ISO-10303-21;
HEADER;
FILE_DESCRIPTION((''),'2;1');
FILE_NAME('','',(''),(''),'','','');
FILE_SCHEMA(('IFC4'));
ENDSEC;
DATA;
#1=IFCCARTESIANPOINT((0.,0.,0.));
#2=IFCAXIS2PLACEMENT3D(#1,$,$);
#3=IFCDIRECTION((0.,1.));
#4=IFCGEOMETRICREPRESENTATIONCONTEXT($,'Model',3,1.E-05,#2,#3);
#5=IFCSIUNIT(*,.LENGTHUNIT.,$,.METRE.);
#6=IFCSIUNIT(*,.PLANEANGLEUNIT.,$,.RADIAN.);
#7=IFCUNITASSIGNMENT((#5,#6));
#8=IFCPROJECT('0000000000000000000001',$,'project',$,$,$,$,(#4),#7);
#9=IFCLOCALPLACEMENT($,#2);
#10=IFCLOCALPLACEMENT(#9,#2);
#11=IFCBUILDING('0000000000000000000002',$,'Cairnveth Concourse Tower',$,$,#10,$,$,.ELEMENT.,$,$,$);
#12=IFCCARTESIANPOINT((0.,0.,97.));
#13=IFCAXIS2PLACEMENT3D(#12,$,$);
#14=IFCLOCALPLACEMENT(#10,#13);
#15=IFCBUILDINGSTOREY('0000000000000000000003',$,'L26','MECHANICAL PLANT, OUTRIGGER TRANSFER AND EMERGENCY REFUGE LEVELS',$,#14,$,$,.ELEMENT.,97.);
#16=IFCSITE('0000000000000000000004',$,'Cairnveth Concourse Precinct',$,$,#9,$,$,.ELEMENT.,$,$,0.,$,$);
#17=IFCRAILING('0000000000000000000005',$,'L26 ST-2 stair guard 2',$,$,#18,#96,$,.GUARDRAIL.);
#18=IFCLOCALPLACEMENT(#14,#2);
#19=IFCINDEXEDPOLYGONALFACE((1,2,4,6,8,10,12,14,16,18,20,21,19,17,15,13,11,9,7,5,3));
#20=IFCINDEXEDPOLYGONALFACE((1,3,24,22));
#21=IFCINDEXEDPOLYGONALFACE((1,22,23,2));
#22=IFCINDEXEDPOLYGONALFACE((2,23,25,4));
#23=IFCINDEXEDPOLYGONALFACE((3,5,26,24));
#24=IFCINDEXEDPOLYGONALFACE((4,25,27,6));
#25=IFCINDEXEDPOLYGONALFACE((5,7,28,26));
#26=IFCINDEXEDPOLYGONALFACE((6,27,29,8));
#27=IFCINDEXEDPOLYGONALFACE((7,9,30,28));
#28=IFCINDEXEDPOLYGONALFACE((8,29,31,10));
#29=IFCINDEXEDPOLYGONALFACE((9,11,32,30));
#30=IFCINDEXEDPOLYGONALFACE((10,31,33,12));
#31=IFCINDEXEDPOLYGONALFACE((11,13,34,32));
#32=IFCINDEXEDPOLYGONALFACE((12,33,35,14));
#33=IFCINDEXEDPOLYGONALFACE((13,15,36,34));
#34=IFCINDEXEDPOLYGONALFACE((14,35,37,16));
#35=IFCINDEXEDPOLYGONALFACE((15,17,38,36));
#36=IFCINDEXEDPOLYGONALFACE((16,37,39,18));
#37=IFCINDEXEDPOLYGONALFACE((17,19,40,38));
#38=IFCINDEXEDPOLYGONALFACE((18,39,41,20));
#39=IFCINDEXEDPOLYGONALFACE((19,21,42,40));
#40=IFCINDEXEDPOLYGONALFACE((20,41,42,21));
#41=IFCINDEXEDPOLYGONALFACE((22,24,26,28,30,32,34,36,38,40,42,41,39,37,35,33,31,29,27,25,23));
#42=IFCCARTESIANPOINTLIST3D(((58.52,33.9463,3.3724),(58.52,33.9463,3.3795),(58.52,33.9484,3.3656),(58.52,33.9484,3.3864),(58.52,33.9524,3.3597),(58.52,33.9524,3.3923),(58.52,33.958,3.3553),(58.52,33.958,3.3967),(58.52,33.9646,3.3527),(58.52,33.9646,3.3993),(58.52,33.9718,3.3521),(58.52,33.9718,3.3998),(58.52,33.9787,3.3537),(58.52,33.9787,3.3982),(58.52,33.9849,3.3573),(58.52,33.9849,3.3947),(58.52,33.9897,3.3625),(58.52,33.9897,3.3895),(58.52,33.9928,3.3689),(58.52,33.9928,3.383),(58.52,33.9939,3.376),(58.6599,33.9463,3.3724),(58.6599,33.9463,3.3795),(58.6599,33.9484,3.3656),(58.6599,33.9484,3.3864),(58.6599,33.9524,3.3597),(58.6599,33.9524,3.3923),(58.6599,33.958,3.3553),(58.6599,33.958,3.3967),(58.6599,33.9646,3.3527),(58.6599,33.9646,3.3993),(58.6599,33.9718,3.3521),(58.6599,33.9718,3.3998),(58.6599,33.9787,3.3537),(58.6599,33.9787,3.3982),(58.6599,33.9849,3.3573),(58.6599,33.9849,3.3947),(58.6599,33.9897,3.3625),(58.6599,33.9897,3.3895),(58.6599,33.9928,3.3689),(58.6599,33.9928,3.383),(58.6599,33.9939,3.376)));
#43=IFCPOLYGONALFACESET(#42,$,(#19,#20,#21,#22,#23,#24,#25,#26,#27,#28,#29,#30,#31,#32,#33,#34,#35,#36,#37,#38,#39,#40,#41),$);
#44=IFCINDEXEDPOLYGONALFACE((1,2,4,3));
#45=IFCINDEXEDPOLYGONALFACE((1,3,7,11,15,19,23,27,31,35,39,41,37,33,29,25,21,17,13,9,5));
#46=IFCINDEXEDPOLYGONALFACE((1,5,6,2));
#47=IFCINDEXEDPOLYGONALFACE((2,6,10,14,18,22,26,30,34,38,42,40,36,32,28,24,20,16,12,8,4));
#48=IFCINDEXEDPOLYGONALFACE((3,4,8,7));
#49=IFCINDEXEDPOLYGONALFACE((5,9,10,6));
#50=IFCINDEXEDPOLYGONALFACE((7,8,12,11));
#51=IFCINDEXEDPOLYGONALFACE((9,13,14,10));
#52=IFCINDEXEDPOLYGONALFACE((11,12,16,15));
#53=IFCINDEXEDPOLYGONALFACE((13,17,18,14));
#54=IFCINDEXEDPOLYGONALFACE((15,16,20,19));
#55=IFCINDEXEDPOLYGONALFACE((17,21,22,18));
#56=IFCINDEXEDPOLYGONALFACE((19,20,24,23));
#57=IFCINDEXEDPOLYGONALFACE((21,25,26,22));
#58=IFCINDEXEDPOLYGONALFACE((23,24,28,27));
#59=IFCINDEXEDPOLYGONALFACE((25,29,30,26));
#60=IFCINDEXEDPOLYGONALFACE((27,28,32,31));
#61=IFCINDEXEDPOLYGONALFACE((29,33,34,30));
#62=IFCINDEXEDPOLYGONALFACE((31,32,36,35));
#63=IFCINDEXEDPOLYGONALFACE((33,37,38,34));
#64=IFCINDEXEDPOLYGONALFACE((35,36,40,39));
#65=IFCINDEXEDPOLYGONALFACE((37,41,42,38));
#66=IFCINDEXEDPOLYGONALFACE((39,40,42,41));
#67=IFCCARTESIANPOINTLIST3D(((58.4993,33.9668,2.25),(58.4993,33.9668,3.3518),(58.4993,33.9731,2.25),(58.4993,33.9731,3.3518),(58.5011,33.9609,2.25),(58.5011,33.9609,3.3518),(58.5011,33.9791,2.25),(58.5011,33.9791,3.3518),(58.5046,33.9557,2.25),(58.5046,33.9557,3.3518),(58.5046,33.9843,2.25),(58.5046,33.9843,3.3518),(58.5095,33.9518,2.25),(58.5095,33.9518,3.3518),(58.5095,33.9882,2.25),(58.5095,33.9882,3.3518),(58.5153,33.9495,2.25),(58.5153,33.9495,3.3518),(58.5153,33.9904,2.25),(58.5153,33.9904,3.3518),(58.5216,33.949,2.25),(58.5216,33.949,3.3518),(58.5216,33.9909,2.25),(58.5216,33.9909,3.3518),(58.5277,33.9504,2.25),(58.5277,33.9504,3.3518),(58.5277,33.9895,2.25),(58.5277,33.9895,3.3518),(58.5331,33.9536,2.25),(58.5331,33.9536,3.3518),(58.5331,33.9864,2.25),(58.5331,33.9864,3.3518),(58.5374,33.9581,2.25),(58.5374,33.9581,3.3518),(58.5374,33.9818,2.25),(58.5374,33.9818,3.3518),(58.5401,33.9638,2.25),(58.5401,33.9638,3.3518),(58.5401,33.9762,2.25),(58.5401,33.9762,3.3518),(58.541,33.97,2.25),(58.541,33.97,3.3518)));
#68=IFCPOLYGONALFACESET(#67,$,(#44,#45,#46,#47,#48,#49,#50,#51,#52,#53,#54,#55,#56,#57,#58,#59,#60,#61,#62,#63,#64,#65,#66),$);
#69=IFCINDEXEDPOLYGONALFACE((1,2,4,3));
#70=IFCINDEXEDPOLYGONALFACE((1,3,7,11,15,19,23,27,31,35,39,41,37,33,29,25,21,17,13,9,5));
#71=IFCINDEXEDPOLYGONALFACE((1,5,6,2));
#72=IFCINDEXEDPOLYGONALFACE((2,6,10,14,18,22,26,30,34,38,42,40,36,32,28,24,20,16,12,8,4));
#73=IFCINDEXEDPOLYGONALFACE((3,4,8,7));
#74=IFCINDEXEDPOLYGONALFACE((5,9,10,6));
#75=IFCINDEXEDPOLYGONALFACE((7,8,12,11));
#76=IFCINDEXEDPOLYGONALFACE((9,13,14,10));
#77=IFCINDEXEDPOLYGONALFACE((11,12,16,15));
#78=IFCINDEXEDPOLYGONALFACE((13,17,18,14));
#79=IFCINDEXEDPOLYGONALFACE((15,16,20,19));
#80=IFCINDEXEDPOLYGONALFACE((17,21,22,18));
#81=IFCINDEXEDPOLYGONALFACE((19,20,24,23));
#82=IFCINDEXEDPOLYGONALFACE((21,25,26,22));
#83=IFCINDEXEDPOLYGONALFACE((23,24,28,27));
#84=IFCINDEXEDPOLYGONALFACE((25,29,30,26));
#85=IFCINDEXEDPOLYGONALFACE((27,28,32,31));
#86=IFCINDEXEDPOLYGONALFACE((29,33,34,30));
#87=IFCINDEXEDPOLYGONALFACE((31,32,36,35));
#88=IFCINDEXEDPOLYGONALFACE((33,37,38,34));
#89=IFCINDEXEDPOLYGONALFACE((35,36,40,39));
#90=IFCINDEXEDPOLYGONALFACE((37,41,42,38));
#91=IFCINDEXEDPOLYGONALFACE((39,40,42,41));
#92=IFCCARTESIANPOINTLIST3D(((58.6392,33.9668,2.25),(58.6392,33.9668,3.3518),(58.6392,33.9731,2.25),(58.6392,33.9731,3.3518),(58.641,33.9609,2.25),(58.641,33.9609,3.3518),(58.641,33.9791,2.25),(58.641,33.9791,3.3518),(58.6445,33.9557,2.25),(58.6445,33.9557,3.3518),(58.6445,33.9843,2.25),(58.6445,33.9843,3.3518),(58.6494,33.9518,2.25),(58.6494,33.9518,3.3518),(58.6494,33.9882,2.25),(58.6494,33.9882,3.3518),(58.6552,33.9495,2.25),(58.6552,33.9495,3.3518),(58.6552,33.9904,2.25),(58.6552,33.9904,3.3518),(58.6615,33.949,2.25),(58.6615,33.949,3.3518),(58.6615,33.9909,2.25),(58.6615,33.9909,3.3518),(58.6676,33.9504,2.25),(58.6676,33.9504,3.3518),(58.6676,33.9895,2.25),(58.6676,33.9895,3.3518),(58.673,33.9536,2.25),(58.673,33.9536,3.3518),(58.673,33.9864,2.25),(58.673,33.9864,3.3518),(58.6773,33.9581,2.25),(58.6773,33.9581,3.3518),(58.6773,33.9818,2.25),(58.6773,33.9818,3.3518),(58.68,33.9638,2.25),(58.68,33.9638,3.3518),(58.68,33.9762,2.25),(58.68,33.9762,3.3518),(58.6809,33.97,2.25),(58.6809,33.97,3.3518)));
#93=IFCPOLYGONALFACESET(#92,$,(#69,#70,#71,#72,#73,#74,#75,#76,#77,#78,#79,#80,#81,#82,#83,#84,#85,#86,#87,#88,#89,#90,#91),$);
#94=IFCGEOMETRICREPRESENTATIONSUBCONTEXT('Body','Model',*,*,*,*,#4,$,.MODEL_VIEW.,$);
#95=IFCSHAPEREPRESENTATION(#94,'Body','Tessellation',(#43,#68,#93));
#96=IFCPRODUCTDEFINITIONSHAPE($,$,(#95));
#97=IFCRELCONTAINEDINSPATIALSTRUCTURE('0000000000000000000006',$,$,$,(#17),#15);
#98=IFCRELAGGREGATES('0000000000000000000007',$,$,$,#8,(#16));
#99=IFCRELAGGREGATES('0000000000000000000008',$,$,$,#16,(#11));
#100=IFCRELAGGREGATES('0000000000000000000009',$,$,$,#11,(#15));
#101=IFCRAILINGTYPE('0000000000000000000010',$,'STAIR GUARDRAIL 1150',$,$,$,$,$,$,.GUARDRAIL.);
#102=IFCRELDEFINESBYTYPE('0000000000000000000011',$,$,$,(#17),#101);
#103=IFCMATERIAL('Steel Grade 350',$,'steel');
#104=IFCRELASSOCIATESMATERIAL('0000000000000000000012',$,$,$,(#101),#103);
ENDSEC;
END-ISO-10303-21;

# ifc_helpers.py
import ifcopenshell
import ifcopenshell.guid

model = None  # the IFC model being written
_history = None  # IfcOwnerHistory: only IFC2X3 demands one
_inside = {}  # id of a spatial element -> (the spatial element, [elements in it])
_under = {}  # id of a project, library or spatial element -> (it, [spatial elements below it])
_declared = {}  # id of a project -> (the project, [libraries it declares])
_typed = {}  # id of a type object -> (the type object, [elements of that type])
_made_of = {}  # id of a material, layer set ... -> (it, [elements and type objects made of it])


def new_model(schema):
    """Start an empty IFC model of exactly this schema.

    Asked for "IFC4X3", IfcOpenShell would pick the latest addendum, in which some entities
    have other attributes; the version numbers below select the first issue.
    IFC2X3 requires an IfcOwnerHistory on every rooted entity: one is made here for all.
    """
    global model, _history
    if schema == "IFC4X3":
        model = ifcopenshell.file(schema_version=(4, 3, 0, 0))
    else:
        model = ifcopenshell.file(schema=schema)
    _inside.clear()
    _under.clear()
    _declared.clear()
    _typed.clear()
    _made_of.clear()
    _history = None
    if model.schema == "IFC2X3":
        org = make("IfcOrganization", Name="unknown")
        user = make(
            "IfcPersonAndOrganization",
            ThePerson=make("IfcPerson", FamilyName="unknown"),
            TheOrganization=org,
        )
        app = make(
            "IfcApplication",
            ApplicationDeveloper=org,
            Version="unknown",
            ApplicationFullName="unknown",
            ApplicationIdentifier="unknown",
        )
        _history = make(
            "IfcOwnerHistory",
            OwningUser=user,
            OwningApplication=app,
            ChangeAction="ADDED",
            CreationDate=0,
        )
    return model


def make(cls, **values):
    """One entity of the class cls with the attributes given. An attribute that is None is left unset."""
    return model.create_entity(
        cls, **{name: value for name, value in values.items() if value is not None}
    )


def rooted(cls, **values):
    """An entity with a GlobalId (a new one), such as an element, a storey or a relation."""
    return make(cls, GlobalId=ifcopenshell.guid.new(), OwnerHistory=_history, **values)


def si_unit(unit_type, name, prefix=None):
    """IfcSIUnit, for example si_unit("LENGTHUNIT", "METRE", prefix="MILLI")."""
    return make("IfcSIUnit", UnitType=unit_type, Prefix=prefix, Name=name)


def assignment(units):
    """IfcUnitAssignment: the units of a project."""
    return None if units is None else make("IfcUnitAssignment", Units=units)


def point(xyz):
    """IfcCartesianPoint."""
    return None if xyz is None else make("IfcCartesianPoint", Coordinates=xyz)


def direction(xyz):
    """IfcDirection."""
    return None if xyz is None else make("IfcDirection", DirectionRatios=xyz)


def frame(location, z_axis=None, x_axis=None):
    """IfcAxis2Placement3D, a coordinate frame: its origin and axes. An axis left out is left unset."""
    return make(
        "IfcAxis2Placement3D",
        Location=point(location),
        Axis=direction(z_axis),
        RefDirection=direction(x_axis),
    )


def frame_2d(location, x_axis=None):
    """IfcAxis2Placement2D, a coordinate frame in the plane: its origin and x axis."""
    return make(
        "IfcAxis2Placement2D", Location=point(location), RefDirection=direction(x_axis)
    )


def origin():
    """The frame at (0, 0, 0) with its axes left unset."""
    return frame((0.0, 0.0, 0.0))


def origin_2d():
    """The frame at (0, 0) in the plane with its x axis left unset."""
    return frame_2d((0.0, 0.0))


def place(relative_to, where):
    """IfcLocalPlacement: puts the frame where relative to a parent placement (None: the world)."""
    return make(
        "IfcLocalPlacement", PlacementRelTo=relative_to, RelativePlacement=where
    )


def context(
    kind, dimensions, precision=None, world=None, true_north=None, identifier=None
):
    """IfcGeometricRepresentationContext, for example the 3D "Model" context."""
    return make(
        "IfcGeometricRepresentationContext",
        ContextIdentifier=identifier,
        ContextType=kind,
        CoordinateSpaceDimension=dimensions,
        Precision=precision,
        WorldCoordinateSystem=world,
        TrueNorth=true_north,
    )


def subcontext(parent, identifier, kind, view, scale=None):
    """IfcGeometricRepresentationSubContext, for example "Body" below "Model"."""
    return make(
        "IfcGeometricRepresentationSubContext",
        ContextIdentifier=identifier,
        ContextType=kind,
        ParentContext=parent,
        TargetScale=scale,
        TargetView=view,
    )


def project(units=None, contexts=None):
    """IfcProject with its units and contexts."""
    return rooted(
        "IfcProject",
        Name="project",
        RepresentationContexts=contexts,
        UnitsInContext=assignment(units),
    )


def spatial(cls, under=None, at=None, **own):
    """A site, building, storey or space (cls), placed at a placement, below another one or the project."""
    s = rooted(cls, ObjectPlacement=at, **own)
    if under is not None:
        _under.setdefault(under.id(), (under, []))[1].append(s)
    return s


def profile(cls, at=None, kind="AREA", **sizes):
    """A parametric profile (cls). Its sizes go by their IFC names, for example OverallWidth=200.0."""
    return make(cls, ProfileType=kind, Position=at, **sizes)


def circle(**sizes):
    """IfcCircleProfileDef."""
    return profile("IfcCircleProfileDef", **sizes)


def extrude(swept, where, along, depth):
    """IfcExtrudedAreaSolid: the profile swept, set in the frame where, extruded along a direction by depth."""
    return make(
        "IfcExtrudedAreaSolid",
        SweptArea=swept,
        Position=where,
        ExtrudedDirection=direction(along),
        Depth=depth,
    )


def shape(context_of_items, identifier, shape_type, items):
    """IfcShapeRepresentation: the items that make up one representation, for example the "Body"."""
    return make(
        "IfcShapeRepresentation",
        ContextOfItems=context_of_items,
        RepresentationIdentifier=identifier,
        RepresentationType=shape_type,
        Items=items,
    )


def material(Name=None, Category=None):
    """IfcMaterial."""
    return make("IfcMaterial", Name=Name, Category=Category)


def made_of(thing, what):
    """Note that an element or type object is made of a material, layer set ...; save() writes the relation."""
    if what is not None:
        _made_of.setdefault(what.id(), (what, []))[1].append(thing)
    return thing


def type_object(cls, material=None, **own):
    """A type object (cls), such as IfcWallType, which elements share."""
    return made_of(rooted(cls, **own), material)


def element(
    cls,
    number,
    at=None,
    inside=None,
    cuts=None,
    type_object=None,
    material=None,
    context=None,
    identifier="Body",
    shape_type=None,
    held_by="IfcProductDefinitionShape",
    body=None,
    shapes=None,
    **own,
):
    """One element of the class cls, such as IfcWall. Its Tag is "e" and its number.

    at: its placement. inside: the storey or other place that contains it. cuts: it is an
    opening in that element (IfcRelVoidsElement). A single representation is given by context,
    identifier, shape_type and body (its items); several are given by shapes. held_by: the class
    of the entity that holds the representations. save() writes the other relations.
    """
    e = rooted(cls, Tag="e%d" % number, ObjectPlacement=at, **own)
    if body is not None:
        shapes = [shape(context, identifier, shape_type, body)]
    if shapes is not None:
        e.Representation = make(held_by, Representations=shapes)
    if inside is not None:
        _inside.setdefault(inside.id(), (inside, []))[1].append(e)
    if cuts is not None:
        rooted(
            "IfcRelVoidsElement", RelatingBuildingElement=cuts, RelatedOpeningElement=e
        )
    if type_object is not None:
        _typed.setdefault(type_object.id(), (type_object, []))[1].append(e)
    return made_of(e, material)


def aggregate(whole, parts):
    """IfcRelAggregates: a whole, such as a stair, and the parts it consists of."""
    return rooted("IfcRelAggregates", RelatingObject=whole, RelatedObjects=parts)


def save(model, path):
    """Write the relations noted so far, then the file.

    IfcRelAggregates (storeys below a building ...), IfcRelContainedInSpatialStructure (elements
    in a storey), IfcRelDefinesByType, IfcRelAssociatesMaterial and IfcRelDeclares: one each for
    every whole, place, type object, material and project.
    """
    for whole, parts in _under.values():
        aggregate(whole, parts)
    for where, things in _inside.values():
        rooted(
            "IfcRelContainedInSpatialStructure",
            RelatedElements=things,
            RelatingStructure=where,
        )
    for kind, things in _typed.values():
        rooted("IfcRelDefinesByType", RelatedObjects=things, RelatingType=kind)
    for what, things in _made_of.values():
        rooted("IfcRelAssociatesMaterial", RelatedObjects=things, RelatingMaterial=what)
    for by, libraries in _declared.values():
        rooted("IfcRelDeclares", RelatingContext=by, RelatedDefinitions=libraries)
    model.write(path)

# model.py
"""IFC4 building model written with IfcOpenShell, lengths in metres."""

from ifc_helpers import new_model, si_unit, direction, frame, origin, origin_2d, place, context, subcontext, project, spatial, circle, extrude, material, type_object, element, save


model = new_model("IFC4")

# Units and contexts
model_context = context("Model", 3, precision=1e-05, world=origin(), true_north=direction((0.0, 1.0)))
body_context = subcontext(model_context, "Body", "Model", "MODEL_VIEW")
ifc_project = project(units=[si_unit("LENGTHUNIT", "METRE"), si_unit("PLANEANGLEUNIT", "RADIAN")], contexts=[model_context])

# Site, building, storey
site_placement = place(None, origin())
site = spatial("IfcSite", under=ifc_project, at=site_placement, Name="Cairnveth Concourse Precinct", CompositionType="ELEMENT", RefElevation=0.0)
building_placement = place(site_placement, origin())
building = spatial("IfcBuilding", under=site, at=building_placement, Name="Cairnveth Concourse Tower", CompositionType="ELEMENT")
storey_placement = place(building_placement, frame((0.0, 0.0, 97.0)))
storey = spatial("IfcBuildingStorey", under=building, at=storey_placement, Name="L26", Description="MECHANICAL PLANT, OUTRIGGER TRANSFER AND EMERGENCY REFUGE LEVELS", CompositionType="ELEMENT", Elevation=97.0)

# Shared definitions
ifc_material_1 = material(Name="Steel Grade 350", Category="steel")

# Railing
railing_type_1 = type_object("IfcRailingType", Name="STAIR GUARDRAIL 1150", PredefinedType="GUARDRAIL", material=ifc_material_1)
railing_1_placement = place(storey_placement, frame((58.52, 33.97, 2.25)))
element("IfcRailing", 1, at=railing_1_placement, inside=storey, type_object=railing_type_1, Name="L26 ST-2 stair guard 2", PredefinedType="GUARDRAIL", context=body_context, shape_type="SweptSolid", body=[
    extrude(circle(Radius=0.0239, at=origin_2d()), frame((0.0, 0.0, 1.126), z_axis=(1.0, 0.0, 0.0), x_axis=(0.0, 1.0, 0.0)), (0.0, 0.0, 1.0), 0.1399),
    extrude(circle(Radius=0.021, at=origin_2d()), origin(), (0.0, 0.0, 1.0), 1.1018),
    extrude(circle(Radius=0.021, at=origin_2d()), frame((0.1399, 0.0, 0.0)), (0.0, 0.0, 1.0), 1.1018),
])

save(model, "model.ifc")
